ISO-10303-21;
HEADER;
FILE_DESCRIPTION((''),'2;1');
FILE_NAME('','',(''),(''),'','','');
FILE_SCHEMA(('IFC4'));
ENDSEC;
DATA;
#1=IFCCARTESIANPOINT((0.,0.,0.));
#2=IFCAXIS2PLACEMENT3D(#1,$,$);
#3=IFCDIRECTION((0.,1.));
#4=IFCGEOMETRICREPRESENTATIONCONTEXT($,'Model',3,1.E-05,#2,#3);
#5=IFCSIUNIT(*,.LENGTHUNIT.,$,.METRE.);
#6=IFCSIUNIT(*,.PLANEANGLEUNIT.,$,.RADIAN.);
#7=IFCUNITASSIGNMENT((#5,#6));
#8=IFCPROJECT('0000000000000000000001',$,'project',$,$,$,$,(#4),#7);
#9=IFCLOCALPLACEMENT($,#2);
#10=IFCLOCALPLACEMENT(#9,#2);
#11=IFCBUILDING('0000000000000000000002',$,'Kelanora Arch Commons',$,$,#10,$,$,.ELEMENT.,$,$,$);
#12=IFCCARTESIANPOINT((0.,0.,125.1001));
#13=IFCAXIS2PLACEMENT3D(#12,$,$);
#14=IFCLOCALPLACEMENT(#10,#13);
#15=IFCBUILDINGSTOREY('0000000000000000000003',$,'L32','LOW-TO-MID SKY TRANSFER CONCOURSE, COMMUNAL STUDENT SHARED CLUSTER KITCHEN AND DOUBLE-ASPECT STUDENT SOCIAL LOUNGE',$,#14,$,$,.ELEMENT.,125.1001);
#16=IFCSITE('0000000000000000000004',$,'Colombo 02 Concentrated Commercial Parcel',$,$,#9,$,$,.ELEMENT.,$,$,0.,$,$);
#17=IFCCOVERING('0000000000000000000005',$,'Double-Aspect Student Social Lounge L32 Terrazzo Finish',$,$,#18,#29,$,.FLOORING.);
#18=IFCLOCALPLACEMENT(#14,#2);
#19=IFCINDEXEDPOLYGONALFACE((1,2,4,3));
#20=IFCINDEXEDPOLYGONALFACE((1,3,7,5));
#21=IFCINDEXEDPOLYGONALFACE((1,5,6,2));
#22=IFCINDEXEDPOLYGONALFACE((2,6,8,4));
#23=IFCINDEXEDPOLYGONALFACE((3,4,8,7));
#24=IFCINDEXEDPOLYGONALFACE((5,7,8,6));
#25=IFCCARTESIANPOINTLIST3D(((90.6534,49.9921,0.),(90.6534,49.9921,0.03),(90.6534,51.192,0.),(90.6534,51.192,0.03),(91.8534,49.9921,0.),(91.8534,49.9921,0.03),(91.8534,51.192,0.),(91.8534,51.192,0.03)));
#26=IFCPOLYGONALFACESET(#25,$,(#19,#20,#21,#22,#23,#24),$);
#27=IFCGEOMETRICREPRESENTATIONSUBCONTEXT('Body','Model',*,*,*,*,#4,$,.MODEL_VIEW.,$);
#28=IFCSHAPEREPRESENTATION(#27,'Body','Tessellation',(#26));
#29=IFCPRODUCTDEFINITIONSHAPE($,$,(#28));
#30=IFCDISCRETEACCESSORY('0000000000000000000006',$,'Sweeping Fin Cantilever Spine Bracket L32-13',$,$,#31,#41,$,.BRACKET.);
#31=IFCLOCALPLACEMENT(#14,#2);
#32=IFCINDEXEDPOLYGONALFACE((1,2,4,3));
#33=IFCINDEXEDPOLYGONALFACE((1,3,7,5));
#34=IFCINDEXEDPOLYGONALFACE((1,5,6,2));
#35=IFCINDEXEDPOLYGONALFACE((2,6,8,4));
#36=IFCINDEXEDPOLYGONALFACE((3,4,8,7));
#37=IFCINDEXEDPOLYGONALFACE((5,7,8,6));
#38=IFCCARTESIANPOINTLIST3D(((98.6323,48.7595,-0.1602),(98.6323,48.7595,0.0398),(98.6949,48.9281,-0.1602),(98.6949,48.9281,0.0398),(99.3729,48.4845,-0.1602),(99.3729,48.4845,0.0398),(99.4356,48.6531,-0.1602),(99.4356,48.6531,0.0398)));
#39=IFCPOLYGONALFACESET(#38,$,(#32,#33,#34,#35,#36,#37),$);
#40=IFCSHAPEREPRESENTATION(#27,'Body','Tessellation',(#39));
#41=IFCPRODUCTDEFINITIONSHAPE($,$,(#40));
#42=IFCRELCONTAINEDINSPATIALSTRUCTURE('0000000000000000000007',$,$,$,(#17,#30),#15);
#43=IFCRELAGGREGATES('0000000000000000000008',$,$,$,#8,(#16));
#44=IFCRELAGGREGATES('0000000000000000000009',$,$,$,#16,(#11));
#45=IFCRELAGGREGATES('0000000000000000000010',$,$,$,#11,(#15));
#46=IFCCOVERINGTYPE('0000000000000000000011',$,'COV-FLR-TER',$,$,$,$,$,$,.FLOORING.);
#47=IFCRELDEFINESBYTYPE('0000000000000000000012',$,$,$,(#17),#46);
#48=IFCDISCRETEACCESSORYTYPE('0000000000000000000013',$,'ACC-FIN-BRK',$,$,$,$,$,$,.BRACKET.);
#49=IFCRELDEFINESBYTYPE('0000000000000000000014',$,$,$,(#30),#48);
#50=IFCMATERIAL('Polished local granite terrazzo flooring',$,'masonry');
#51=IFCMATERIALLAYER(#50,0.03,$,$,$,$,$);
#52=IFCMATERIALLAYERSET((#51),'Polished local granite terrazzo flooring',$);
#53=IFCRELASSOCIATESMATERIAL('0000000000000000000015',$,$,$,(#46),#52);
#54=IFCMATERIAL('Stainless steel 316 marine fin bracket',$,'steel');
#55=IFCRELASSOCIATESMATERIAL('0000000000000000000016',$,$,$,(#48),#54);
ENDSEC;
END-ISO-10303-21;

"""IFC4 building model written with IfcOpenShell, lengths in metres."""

from ifc_helpers import new_model, si_unit, direction, frame, origin, origin_2d, place, context, subcontext, project, spatial, rectangle, extrude, source, transform, mapped, material, layer, layer_set, type_object, element, save


model = new_model("IFC4")

# Units and contexts
model_context = context("Model", 3, precision=1e-05, world=origin(), true_north=direction((0.0, 1.0)))
body_context = subcontext(model_context, "Body", "Model", "MODEL_VIEW")
ifc_project = project(units=[si_unit("LENGTHUNIT", "METRE"), si_unit("PLANEANGLEUNIT", "RADIAN")], contexts=[model_context])

# Site, building, storey
site_placement = place(None, origin())
site = spatial("IfcSite", under=ifc_project, at=site_placement, Name="Colombo 02 Concentrated Commercial Parcel", CompositionType="ELEMENT", RefElevation=0.0)
building_placement = place(site_placement, origin())
building = spatial("IfcBuilding", under=site, at=building_placement, Name="Kelanora Arch Commons", CompositionType="ELEMENT")
storey_placement = place(building_placement, frame((0.0, 0.0, 125.1001)))
storey = spatial("IfcBuildingStorey", under=building, at=storey_placement, Name="L32", Description="LOW-TO-MID SKY TRANSFER CONCOURSE, COMMUNAL STUDENT SHARED CLUSTER KITCHEN AND DOUBLE-ASPECT STUDENT SOCIAL LOUNGE", CompositionType="ELEMENT", Elevation=125.1001)

# Covering
ifc_material_1 = material(Name="Polished local granite terrazzo flooring", Category="masonry")
ifc_layer_1 = layer(ifc_material_1, 0.03)
ifc_layer_set_1 = layer_set([ifc_layer_1], Name="Polished local granite terrazzo flooring")
covering_type = type_object("IfcCoveringType", Name="COV-FLR-TER", PredefinedType="FLOORING", material=ifc_layer_set_1)
shared_shape_1 = source(origin(), body_context, "Body", "SweptSolid", [
    extrude(rectangle(XDim=1.2, YDim=1.2, at=origin_2d()), origin(), (0.0, 0.0, 1.0), 0.03),
])
covering_placement = place(storey_placement, frame((91.2534, 50.592, 0.0), z_axis=(0.0, 0.0, 1.0), x_axis=(1.0, 0.0, 0.0)))
element("IfcCovering", 1, at=covering_placement, inside=storey, type_object=covering_type, Name="Double-Aspect Student Social Lounge L32 Terrazzo Finish", PredefinedType="FLOORING", context=body_context, shape_type="MappedRepresentation", body=[
    mapped(shared_shape_1, transform((0.0, 0.0, 0.0), scale=1.0)),
])

# Discrete accessory
ifc_material_2 = material(Name="Stainless steel 316 marine fin bracket", Category="steel")
discrete_accessory_type = type_object("IfcDiscreteAccessoryType", Name="ACC-FIN-BRK", PredefinedType="BRACKET", material=ifc_material_2)
shared_shape_2 = source(origin(), body_context, "Body", "SweptSolid", [
    extrude(rectangle(XDim=0.79, YDim=0.1799, at=origin_2d()), origin(), (0.0, 0.0, 1.0), 0.2),
])
discrete_accessory_placement = place(storey_placement, frame((99.0339, 48.7063, -0.1602), z_axis=(0.0, 0.0, 1.0), x_axis=(0.937464, -0.348081, 0.0)))
element("IfcDiscreteAccessory", 2, at=discrete_accessory_placement, inside=storey, type_object=discrete_accessory_type, Name="Sweeping Fin Cantilever Spine Bracket L32-13", PredefinedType="BRACKET", context=body_context, shape_type="MappedRepresentation", body=[
    mapped(shared_shape_2, transform((0.0, 0.0, 0.0), scale=1.0)),
])

save(model, "model.ifc")
